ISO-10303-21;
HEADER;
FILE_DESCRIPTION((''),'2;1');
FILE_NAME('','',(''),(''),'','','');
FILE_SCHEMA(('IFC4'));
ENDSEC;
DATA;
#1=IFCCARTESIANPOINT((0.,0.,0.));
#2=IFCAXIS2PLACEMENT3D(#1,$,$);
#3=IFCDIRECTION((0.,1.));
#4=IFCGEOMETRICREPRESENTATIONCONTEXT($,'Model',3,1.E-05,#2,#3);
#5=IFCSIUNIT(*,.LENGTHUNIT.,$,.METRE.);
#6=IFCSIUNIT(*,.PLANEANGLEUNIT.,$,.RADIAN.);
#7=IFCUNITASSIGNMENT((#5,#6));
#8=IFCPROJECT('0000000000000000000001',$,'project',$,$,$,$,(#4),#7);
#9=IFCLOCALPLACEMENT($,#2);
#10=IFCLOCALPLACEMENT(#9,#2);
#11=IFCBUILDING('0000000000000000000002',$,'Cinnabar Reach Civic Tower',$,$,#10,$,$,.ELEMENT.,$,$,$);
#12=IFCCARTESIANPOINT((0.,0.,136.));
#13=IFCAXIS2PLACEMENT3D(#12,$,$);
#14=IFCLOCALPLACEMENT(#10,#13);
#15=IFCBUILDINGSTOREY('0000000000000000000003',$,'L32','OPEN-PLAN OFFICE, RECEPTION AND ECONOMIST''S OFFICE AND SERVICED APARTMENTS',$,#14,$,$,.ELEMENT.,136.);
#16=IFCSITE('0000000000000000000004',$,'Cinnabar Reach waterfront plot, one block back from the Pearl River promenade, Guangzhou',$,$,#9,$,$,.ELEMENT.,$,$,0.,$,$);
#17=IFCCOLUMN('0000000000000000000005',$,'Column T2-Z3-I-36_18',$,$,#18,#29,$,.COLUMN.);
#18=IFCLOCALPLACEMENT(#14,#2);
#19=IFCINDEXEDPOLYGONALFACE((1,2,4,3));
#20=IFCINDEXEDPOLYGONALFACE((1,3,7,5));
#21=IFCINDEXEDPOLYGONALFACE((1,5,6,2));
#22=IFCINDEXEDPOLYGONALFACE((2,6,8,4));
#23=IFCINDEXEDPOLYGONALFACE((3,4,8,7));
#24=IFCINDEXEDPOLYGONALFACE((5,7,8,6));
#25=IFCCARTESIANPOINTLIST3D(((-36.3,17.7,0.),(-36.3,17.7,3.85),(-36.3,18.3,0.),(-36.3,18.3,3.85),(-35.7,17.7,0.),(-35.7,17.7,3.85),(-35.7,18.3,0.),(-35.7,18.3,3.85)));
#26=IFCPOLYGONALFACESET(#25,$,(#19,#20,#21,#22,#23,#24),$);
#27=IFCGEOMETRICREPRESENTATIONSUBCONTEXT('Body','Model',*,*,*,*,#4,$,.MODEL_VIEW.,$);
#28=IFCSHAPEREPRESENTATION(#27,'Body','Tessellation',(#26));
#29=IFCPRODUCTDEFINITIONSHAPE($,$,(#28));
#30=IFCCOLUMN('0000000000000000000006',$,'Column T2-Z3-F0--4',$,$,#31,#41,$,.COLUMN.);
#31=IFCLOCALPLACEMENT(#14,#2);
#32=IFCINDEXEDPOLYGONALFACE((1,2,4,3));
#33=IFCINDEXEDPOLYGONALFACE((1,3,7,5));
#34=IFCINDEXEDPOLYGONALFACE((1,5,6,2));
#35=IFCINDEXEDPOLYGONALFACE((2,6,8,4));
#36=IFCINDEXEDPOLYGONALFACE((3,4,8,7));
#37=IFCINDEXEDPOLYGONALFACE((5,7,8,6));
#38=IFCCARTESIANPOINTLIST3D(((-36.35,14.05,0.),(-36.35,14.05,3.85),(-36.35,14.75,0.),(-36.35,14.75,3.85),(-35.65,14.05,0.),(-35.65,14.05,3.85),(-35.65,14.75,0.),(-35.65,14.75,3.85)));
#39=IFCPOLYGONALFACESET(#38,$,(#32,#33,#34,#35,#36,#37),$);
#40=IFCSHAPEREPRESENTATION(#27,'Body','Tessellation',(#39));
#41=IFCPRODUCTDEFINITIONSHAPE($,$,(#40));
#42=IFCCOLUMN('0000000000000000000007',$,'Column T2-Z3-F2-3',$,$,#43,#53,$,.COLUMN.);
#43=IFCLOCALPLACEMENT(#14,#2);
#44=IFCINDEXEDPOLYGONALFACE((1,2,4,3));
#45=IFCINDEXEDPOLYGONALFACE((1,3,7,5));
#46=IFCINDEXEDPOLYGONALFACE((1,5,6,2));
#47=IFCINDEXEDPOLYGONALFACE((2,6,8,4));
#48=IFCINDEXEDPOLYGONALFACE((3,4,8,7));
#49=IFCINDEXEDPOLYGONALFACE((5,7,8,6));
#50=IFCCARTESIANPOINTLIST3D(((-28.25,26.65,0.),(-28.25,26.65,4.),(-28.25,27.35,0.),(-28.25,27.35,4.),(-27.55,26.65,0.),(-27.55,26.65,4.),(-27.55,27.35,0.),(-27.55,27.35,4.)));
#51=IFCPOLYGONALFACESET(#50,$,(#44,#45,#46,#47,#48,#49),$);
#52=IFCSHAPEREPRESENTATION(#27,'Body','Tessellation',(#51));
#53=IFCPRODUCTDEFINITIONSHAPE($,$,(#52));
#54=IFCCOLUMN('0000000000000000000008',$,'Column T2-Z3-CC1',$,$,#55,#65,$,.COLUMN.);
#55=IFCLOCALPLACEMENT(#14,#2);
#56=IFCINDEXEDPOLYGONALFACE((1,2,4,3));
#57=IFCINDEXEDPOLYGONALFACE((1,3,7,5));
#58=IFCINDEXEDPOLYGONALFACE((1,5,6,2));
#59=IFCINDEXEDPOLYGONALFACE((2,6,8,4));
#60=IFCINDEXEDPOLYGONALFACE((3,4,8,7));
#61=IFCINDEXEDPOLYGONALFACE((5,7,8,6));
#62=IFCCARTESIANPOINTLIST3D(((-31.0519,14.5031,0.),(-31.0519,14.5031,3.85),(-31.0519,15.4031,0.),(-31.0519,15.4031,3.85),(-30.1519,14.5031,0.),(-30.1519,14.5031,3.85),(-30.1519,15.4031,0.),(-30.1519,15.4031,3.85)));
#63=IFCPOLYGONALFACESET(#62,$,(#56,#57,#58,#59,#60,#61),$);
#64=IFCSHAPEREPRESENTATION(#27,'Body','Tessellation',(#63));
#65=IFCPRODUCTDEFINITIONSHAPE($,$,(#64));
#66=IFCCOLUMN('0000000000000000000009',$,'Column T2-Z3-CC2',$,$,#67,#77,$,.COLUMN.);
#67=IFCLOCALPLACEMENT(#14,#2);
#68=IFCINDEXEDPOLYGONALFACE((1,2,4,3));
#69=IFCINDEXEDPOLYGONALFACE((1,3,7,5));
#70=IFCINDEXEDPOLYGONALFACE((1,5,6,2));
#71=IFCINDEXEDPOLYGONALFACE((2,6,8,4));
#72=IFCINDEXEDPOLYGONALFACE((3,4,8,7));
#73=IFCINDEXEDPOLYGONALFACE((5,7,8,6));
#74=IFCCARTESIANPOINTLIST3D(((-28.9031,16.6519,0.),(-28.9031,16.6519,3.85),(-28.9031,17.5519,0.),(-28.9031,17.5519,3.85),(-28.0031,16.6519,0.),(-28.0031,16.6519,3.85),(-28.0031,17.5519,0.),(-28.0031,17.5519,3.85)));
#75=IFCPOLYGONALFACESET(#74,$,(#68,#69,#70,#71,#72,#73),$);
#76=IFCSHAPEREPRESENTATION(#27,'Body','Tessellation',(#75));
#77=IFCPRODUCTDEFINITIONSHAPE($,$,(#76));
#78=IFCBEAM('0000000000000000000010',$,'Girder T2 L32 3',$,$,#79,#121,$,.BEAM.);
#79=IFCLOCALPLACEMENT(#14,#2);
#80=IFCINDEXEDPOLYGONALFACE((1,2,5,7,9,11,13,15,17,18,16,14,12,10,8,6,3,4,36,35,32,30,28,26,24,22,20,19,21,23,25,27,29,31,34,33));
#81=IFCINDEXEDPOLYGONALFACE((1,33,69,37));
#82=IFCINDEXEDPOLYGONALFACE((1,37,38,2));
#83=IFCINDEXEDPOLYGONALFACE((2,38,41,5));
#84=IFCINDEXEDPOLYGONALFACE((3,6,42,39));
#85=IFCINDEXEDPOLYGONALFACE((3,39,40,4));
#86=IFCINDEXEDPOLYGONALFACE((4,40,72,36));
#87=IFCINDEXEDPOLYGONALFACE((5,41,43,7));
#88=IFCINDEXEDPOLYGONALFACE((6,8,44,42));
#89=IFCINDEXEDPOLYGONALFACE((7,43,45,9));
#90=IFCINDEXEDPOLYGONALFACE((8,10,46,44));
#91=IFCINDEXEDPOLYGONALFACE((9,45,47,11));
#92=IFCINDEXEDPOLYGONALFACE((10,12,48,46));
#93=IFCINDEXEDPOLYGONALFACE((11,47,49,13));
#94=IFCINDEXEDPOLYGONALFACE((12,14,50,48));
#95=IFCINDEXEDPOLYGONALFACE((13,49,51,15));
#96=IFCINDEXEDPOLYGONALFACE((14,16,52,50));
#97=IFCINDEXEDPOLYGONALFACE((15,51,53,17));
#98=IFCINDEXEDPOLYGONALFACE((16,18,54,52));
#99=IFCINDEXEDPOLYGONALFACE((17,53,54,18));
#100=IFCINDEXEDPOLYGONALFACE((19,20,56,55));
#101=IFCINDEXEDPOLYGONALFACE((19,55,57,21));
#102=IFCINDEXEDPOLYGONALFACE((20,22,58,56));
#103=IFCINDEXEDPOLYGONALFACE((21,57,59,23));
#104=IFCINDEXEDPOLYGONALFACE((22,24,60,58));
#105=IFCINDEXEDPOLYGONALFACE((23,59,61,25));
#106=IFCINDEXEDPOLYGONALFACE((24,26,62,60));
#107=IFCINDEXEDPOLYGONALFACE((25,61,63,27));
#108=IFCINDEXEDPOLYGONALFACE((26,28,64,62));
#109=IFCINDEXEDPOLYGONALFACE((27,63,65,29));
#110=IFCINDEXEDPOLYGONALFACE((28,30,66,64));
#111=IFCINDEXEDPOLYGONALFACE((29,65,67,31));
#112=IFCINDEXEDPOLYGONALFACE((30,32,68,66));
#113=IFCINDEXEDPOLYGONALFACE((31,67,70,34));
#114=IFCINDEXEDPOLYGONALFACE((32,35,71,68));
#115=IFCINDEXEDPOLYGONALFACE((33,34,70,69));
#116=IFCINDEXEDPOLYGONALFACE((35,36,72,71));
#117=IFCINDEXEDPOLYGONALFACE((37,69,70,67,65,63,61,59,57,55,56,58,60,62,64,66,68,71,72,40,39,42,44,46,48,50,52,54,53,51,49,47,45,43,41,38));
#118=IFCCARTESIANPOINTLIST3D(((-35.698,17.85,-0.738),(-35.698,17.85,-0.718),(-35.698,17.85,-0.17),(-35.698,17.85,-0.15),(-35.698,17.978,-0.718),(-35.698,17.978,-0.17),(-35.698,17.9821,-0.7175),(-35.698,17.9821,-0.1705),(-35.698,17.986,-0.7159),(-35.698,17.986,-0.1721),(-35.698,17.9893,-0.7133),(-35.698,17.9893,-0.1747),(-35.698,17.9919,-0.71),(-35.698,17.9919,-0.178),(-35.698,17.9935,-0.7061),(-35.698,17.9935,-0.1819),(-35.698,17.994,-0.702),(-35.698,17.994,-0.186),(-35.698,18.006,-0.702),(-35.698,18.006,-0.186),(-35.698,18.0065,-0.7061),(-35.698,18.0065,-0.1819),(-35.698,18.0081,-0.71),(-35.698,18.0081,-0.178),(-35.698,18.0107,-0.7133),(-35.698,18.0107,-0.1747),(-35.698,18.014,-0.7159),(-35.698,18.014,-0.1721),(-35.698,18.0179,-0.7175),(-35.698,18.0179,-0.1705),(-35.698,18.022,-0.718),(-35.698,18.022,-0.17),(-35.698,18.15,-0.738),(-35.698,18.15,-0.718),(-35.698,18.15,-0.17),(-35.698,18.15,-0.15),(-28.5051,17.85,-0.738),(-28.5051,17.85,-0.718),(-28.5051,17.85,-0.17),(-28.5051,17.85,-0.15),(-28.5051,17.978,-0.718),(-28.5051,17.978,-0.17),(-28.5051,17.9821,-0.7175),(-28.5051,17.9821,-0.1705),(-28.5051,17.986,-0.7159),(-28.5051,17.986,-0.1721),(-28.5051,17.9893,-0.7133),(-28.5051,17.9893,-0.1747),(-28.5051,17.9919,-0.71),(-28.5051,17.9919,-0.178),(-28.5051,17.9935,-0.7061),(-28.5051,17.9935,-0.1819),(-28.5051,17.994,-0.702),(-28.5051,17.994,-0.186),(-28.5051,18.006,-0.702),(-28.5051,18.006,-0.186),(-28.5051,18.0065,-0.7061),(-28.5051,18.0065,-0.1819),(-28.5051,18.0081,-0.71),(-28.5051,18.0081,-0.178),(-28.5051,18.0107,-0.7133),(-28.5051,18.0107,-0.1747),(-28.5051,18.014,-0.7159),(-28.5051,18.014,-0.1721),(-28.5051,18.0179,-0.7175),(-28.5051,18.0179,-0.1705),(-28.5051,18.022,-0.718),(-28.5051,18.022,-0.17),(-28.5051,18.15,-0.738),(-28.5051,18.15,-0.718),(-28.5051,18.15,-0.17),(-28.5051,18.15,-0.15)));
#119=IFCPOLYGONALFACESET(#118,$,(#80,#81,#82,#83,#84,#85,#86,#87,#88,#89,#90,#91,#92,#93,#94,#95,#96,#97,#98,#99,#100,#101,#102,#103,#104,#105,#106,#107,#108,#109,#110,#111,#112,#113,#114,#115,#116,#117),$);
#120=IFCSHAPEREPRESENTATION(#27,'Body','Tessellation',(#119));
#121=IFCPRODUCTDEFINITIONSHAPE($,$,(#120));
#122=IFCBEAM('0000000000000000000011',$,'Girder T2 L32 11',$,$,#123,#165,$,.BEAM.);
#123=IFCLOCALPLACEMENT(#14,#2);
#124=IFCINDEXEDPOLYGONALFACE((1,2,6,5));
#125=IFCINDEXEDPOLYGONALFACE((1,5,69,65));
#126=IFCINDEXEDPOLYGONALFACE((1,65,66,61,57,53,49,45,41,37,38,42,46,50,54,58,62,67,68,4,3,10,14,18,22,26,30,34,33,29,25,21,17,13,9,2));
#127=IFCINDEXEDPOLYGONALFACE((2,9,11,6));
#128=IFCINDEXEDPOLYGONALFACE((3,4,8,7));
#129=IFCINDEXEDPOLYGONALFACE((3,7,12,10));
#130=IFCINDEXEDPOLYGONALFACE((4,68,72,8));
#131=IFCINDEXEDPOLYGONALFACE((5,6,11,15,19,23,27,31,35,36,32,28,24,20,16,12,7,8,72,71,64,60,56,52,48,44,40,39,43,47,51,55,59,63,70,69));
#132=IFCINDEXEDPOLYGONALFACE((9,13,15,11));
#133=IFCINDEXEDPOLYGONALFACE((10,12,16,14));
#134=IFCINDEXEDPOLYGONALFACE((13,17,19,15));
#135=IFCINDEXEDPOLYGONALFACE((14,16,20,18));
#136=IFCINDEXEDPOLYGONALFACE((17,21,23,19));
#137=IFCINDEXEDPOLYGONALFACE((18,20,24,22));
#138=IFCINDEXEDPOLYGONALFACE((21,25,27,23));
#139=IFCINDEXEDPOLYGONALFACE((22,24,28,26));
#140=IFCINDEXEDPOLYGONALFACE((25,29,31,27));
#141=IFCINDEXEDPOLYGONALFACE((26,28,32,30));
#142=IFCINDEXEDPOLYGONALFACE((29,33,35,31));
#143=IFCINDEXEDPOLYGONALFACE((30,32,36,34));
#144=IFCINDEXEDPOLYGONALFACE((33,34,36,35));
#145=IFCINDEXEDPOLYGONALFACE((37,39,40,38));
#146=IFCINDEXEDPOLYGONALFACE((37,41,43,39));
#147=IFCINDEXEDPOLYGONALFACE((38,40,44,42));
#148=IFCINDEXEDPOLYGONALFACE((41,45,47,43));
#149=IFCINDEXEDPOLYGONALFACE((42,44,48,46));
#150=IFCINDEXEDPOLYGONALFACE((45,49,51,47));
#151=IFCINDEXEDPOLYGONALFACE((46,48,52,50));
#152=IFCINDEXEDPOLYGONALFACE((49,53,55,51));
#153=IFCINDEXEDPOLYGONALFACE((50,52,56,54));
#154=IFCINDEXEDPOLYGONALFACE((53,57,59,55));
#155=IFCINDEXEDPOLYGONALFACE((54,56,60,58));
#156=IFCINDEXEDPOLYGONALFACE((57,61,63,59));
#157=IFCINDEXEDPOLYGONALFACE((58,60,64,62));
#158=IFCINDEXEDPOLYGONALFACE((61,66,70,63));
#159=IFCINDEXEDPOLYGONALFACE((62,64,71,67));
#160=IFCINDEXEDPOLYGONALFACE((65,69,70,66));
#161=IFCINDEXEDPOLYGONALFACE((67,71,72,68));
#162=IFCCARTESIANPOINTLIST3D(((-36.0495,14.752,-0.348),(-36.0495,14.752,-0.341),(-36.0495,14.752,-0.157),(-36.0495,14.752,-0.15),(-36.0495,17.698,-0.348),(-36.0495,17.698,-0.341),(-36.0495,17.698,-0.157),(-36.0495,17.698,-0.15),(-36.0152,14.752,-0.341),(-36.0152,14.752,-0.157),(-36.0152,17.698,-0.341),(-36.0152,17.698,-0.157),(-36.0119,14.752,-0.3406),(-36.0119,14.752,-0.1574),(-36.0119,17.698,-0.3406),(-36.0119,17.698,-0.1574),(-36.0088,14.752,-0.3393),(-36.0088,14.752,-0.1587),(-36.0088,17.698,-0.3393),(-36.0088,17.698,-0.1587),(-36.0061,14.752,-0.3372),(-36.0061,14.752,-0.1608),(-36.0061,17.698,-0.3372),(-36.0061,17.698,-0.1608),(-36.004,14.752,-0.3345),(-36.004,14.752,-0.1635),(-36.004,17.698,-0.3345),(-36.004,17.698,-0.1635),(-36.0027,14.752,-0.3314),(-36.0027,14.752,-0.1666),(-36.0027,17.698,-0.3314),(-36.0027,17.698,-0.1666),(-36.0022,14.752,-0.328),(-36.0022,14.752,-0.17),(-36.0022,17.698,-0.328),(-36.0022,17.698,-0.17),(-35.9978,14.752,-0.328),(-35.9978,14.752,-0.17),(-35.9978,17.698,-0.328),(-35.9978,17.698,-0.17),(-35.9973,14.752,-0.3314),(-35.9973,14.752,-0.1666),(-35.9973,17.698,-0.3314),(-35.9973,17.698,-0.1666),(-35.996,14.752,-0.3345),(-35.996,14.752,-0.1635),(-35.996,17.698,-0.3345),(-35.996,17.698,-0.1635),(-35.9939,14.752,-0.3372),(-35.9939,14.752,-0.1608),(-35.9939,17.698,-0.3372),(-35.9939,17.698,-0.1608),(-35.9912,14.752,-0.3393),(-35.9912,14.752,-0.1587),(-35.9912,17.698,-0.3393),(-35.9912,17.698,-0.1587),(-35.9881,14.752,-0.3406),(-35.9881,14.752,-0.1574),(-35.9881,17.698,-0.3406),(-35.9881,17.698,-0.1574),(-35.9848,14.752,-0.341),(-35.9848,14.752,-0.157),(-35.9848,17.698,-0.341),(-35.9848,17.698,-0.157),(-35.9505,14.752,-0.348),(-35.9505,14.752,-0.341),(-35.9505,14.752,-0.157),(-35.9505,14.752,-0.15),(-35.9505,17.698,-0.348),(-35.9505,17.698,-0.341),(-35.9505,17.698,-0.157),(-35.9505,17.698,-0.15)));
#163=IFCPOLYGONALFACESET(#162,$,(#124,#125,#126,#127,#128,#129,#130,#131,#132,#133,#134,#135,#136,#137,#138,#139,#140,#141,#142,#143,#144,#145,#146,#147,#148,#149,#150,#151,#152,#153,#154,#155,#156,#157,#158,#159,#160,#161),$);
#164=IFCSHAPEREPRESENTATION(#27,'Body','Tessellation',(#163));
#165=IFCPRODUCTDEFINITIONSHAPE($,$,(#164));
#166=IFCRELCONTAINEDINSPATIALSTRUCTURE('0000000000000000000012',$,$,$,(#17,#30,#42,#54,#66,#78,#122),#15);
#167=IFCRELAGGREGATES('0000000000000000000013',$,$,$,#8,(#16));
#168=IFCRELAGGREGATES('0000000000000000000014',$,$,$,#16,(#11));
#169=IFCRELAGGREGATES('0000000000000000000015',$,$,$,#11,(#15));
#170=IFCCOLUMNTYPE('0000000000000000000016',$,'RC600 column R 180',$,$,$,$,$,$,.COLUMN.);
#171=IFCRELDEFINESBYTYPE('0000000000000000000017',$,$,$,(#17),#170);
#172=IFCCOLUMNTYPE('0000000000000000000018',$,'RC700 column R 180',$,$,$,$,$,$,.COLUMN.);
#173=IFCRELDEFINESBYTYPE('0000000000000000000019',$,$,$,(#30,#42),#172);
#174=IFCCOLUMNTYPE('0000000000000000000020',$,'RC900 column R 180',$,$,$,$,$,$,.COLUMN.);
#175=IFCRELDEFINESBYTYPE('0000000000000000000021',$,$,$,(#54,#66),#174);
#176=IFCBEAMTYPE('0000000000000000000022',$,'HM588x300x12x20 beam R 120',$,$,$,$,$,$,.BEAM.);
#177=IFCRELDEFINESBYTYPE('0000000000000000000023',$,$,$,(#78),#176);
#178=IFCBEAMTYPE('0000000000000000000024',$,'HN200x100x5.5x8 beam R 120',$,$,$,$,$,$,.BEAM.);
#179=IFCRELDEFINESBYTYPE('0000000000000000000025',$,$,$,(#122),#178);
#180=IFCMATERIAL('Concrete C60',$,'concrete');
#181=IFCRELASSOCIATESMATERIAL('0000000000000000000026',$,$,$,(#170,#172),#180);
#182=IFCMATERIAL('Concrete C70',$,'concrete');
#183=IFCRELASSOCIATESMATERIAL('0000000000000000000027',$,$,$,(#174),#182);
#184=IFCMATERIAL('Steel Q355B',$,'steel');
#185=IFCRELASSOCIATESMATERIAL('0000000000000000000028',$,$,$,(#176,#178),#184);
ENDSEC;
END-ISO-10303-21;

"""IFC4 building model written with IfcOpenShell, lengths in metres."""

from ifc_helpers import new_model, si_unit, direction, frame, origin, origin_2d, place, context, subcontext, project, spatial, rectangle, i_section, extrude, material, material_profile, profile_set, type_object, element, save


model = new_model("IFC4")

# Units and contexts
model_context = context("Model", 3, precision=1e-05, world=origin(), true_north=direction((0.0, 1.0)))
body_context = subcontext(model_context, "Body", "Model", "MODEL_VIEW")
ifc_project = project(units=[si_unit("LENGTHUNIT", "METRE"), si_unit("PLANEANGLEUNIT", "RADIAN")], contexts=[model_context])

# Site, building, storey
site_placement = place(None, origin())
site = spatial("IfcSite", under=ifc_project, at=site_placement, Name="Cinnabar Reach waterfront plot, one block back from the Pearl River promenade, Guangzhou", CompositionType="ELEMENT", RefElevation=0.0)
building_placement = place(site_placement, origin())
building = spatial("IfcBuilding", under=site, at=building_placement, Name="Cinnabar Reach Civic Tower", CompositionType="ELEMENT")
storey_placement = place(building_placement, frame((0.0, 0.0, 136.0)))
storey = spatial("IfcBuildingStorey", under=building, at=storey_placement, Name="L32", Description="OPEN-PLAN OFFICE, RECEPTION AND ECONOMIST'S OFFICE AND SERVICED APARTMENTS", CompositionType="ELEMENT", Elevation=136.0)

# Columns
ifc_material_1 = material(Name="Concrete C60", Category="concrete")
ifc_material_profile_1 = material_profile(ifc_material_1, rectangle(XDim=0.6, YDim=0.6, at=origin_2d()), Name="RC600")
ifc_profile_set_1 = profile_set([ifc_material_profile_1], Name="Concrete C60")
column_type_1 = type_object("IfcColumnType", Name="RC600 column R 180", PredefinedType="COLUMN", material=ifc_profile_set_1)
column_1_placement = place(storey_placement, frame((-36.0, 18.0, 0.0), z_axis=(0.0, 0.0, 1.0), x_axis=(1.0, 0.0, 0.0)))
element("IfcColumn", 1, at=column_1_placement, inside=storey, type_object=column_type_1, Name="Column T2-Z3-I-36_18", PredefinedType="COLUMN", context=body_context, shape_type="SweptSolid", body=[
    extrude(rectangle(XDim=0.6, YDim=0.6, at=origin_2d()), origin(), (0.0, 0.0, 1.0), 3.85),
])
ifc_material_profile_2 = material_profile(ifc_material_1, rectangle(XDim=0.7, YDim=0.7, at=origin_2d()), Name="RC700")
ifc_profile_set_2 = profile_set([ifc_material_profile_2], Name="Concrete C60")
column_type_2 = type_object("IfcColumnType", Name="RC700 column R 180", PredefinedType="COLUMN", material=ifc_profile_set_2)
column_2_placement = place(storey_placement, frame((-36.0, 14.4, 0.0), z_axis=(0.0, 0.0, 1.0), x_axis=(1.0, 0.0, 0.0)))
element("IfcColumn", 2, at=column_2_placement, inside=storey, type_object=column_type_2, Name="Column T2-Z3-F0--4", PredefinedType="COLUMN", context=body_context, shape_type="SweptSolid", body=[
    extrude(rectangle(XDim=0.7, YDim=0.7, at=origin_2d()), origin(), (0.0, 0.0, 1.0), 3.85),
])
column_3_placement = place(storey_placement, frame((-27.9, 27.0, 0.0), z_axis=(0.0, 0.0, 1.0), x_axis=(1.0, 0.0, 0.0)))
element("IfcColumn", 3, at=column_3_placement, inside=storey, type_object=column_type_2, Name="Column T2-Z3-F2-3", PredefinedType="COLUMN", context=body_context, shape_type="SweptSolid", body=[
    extrude(rectangle(XDim=0.7, YDim=0.7, at=origin_2d()), origin(), (0.0, 0.0, 1.0), 4.0),
])
ifc_material_2 = material(Name="Concrete C70", Category="concrete")
ifc_material_profile_3 = material_profile(ifc_material_2, rectangle(XDim=0.9, YDim=0.9, at=origin_2d()), Name="RC900")
ifc_profile_set_3 = profile_set([ifc_material_profile_3], Name="Concrete C70")
column_type_3 = type_object("IfcColumnType", Name="RC900 column R 180", PredefinedType="COLUMN", material=ifc_profile_set_3)
for number, where, z_axis, x_axis, name in (
    (4, (-30.6019, 14.9531, 0.0), (0.0, 0.0, 1.0), (1.0, 0.0, 0.0), "Column T2-Z3-CC1"),
    (5, (-28.4531, 17.1019, 0.0), (0.0, 0.0, 1.0), (1.0, 0.0, 0.0), "Column T2-Z3-CC2"),
):
    element("IfcColumn", number, at=place(storey_placement, frame(where, z_axis=z_axis, x_axis=x_axis)), inside=storey, type_object=column_type_3, Name=name, PredefinedType="COLUMN", context=body_context, shape_type="SweptSolid", body=[
        extrude(rectangle(XDim=0.9, YDim=0.9, at=origin_2d()), origin(), (0.0, 0.0, 1.0), 3.85),
    ])

# Beams
ifc_material_3 = material(Name="Steel Q355B", Category="steel")
ifc_material_profile_4 = material_profile(ifc_material_3, i_section(OverallWidth=0.3, OverallDepth=0.588, WebThickness=0.012, FlangeThickness=0.02, FilletRadius=0.016, at=origin_2d()), Name="HM588x300x12x20")
ifc_profile_set_4 = profile_set([ifc_material_profile_4], Name="Steel Q355B")
beam_type_1 = type_object("IfcBeamType", Name="HM588x300x12x20 beam R 120", PredefinedType="BEAM", material=ifc_profile_set_4)
beam_1_placement = place(storey_placement, frame((-35.698, 18.0, -0.444), z_axis=(1.0, 0.0, 0.0), x_axis=(0.0, 1.0, 0.0)))
element("IfcBeam", 6, at=beam_1_placement, inside=storey, type_object=beam_type_1, Name="Girder T2 L32 3", PredefinedType="BEAM", context=body_context, shape_type="SweptSolid", body=[
    extrude(i_section(OverallWidth=0.3, OverallDepth=0.588, WebThickness=0.012, FlangeThickness=0.02, FilletRadius=0.016, at=origin_2d()), origin(), (0.0, 0.0, 1.0), 7.1929),
])
ifc_material_profile_5 = material_profile(ifc_material_3, i_section(OverallWidth=0.099, OverallDepth=0.198, WebThickness=0.0045, FlangeThickness=0.007, FilletRadius=0.013, at=origin_2d()), Name="HN200x100x5.5x8")
ifc_profile_set_5 = profile_set([ifc_material_profile_5], Name="Steel Q355B")
beam_type_2 = type_object("IfcBeamType", Name="HN200x100x5.5x8 beam R 120", PredefinedType="BEAM", material=ifc_profile_set_5)
beam_2_placement = place(storey_placement, frame((-36.0, 14.752, -0.249), z_axis=(0.0, 1.0, 0.0), x_axis=(-1.0, 0.0, 0.0)))
element("IfcBeam", 7, at=beam_2_placement, inside=storey, type_object=beam_type_2, Name="Girder T2 L32 11", PredefinedType="BEAM", context=body_context, shape_type="SweptSolid", body=[
    extrude(i_section(OverallWidth=0.099, OverallDepth=0.198, WebThickness=0.0045, FlangeThickness=0.007, FilletRadius=0.013, at=origin_2d()), origin(), (0.0, 0.0, 1.0), 2.946),
])

save(model, "model.ifc")
